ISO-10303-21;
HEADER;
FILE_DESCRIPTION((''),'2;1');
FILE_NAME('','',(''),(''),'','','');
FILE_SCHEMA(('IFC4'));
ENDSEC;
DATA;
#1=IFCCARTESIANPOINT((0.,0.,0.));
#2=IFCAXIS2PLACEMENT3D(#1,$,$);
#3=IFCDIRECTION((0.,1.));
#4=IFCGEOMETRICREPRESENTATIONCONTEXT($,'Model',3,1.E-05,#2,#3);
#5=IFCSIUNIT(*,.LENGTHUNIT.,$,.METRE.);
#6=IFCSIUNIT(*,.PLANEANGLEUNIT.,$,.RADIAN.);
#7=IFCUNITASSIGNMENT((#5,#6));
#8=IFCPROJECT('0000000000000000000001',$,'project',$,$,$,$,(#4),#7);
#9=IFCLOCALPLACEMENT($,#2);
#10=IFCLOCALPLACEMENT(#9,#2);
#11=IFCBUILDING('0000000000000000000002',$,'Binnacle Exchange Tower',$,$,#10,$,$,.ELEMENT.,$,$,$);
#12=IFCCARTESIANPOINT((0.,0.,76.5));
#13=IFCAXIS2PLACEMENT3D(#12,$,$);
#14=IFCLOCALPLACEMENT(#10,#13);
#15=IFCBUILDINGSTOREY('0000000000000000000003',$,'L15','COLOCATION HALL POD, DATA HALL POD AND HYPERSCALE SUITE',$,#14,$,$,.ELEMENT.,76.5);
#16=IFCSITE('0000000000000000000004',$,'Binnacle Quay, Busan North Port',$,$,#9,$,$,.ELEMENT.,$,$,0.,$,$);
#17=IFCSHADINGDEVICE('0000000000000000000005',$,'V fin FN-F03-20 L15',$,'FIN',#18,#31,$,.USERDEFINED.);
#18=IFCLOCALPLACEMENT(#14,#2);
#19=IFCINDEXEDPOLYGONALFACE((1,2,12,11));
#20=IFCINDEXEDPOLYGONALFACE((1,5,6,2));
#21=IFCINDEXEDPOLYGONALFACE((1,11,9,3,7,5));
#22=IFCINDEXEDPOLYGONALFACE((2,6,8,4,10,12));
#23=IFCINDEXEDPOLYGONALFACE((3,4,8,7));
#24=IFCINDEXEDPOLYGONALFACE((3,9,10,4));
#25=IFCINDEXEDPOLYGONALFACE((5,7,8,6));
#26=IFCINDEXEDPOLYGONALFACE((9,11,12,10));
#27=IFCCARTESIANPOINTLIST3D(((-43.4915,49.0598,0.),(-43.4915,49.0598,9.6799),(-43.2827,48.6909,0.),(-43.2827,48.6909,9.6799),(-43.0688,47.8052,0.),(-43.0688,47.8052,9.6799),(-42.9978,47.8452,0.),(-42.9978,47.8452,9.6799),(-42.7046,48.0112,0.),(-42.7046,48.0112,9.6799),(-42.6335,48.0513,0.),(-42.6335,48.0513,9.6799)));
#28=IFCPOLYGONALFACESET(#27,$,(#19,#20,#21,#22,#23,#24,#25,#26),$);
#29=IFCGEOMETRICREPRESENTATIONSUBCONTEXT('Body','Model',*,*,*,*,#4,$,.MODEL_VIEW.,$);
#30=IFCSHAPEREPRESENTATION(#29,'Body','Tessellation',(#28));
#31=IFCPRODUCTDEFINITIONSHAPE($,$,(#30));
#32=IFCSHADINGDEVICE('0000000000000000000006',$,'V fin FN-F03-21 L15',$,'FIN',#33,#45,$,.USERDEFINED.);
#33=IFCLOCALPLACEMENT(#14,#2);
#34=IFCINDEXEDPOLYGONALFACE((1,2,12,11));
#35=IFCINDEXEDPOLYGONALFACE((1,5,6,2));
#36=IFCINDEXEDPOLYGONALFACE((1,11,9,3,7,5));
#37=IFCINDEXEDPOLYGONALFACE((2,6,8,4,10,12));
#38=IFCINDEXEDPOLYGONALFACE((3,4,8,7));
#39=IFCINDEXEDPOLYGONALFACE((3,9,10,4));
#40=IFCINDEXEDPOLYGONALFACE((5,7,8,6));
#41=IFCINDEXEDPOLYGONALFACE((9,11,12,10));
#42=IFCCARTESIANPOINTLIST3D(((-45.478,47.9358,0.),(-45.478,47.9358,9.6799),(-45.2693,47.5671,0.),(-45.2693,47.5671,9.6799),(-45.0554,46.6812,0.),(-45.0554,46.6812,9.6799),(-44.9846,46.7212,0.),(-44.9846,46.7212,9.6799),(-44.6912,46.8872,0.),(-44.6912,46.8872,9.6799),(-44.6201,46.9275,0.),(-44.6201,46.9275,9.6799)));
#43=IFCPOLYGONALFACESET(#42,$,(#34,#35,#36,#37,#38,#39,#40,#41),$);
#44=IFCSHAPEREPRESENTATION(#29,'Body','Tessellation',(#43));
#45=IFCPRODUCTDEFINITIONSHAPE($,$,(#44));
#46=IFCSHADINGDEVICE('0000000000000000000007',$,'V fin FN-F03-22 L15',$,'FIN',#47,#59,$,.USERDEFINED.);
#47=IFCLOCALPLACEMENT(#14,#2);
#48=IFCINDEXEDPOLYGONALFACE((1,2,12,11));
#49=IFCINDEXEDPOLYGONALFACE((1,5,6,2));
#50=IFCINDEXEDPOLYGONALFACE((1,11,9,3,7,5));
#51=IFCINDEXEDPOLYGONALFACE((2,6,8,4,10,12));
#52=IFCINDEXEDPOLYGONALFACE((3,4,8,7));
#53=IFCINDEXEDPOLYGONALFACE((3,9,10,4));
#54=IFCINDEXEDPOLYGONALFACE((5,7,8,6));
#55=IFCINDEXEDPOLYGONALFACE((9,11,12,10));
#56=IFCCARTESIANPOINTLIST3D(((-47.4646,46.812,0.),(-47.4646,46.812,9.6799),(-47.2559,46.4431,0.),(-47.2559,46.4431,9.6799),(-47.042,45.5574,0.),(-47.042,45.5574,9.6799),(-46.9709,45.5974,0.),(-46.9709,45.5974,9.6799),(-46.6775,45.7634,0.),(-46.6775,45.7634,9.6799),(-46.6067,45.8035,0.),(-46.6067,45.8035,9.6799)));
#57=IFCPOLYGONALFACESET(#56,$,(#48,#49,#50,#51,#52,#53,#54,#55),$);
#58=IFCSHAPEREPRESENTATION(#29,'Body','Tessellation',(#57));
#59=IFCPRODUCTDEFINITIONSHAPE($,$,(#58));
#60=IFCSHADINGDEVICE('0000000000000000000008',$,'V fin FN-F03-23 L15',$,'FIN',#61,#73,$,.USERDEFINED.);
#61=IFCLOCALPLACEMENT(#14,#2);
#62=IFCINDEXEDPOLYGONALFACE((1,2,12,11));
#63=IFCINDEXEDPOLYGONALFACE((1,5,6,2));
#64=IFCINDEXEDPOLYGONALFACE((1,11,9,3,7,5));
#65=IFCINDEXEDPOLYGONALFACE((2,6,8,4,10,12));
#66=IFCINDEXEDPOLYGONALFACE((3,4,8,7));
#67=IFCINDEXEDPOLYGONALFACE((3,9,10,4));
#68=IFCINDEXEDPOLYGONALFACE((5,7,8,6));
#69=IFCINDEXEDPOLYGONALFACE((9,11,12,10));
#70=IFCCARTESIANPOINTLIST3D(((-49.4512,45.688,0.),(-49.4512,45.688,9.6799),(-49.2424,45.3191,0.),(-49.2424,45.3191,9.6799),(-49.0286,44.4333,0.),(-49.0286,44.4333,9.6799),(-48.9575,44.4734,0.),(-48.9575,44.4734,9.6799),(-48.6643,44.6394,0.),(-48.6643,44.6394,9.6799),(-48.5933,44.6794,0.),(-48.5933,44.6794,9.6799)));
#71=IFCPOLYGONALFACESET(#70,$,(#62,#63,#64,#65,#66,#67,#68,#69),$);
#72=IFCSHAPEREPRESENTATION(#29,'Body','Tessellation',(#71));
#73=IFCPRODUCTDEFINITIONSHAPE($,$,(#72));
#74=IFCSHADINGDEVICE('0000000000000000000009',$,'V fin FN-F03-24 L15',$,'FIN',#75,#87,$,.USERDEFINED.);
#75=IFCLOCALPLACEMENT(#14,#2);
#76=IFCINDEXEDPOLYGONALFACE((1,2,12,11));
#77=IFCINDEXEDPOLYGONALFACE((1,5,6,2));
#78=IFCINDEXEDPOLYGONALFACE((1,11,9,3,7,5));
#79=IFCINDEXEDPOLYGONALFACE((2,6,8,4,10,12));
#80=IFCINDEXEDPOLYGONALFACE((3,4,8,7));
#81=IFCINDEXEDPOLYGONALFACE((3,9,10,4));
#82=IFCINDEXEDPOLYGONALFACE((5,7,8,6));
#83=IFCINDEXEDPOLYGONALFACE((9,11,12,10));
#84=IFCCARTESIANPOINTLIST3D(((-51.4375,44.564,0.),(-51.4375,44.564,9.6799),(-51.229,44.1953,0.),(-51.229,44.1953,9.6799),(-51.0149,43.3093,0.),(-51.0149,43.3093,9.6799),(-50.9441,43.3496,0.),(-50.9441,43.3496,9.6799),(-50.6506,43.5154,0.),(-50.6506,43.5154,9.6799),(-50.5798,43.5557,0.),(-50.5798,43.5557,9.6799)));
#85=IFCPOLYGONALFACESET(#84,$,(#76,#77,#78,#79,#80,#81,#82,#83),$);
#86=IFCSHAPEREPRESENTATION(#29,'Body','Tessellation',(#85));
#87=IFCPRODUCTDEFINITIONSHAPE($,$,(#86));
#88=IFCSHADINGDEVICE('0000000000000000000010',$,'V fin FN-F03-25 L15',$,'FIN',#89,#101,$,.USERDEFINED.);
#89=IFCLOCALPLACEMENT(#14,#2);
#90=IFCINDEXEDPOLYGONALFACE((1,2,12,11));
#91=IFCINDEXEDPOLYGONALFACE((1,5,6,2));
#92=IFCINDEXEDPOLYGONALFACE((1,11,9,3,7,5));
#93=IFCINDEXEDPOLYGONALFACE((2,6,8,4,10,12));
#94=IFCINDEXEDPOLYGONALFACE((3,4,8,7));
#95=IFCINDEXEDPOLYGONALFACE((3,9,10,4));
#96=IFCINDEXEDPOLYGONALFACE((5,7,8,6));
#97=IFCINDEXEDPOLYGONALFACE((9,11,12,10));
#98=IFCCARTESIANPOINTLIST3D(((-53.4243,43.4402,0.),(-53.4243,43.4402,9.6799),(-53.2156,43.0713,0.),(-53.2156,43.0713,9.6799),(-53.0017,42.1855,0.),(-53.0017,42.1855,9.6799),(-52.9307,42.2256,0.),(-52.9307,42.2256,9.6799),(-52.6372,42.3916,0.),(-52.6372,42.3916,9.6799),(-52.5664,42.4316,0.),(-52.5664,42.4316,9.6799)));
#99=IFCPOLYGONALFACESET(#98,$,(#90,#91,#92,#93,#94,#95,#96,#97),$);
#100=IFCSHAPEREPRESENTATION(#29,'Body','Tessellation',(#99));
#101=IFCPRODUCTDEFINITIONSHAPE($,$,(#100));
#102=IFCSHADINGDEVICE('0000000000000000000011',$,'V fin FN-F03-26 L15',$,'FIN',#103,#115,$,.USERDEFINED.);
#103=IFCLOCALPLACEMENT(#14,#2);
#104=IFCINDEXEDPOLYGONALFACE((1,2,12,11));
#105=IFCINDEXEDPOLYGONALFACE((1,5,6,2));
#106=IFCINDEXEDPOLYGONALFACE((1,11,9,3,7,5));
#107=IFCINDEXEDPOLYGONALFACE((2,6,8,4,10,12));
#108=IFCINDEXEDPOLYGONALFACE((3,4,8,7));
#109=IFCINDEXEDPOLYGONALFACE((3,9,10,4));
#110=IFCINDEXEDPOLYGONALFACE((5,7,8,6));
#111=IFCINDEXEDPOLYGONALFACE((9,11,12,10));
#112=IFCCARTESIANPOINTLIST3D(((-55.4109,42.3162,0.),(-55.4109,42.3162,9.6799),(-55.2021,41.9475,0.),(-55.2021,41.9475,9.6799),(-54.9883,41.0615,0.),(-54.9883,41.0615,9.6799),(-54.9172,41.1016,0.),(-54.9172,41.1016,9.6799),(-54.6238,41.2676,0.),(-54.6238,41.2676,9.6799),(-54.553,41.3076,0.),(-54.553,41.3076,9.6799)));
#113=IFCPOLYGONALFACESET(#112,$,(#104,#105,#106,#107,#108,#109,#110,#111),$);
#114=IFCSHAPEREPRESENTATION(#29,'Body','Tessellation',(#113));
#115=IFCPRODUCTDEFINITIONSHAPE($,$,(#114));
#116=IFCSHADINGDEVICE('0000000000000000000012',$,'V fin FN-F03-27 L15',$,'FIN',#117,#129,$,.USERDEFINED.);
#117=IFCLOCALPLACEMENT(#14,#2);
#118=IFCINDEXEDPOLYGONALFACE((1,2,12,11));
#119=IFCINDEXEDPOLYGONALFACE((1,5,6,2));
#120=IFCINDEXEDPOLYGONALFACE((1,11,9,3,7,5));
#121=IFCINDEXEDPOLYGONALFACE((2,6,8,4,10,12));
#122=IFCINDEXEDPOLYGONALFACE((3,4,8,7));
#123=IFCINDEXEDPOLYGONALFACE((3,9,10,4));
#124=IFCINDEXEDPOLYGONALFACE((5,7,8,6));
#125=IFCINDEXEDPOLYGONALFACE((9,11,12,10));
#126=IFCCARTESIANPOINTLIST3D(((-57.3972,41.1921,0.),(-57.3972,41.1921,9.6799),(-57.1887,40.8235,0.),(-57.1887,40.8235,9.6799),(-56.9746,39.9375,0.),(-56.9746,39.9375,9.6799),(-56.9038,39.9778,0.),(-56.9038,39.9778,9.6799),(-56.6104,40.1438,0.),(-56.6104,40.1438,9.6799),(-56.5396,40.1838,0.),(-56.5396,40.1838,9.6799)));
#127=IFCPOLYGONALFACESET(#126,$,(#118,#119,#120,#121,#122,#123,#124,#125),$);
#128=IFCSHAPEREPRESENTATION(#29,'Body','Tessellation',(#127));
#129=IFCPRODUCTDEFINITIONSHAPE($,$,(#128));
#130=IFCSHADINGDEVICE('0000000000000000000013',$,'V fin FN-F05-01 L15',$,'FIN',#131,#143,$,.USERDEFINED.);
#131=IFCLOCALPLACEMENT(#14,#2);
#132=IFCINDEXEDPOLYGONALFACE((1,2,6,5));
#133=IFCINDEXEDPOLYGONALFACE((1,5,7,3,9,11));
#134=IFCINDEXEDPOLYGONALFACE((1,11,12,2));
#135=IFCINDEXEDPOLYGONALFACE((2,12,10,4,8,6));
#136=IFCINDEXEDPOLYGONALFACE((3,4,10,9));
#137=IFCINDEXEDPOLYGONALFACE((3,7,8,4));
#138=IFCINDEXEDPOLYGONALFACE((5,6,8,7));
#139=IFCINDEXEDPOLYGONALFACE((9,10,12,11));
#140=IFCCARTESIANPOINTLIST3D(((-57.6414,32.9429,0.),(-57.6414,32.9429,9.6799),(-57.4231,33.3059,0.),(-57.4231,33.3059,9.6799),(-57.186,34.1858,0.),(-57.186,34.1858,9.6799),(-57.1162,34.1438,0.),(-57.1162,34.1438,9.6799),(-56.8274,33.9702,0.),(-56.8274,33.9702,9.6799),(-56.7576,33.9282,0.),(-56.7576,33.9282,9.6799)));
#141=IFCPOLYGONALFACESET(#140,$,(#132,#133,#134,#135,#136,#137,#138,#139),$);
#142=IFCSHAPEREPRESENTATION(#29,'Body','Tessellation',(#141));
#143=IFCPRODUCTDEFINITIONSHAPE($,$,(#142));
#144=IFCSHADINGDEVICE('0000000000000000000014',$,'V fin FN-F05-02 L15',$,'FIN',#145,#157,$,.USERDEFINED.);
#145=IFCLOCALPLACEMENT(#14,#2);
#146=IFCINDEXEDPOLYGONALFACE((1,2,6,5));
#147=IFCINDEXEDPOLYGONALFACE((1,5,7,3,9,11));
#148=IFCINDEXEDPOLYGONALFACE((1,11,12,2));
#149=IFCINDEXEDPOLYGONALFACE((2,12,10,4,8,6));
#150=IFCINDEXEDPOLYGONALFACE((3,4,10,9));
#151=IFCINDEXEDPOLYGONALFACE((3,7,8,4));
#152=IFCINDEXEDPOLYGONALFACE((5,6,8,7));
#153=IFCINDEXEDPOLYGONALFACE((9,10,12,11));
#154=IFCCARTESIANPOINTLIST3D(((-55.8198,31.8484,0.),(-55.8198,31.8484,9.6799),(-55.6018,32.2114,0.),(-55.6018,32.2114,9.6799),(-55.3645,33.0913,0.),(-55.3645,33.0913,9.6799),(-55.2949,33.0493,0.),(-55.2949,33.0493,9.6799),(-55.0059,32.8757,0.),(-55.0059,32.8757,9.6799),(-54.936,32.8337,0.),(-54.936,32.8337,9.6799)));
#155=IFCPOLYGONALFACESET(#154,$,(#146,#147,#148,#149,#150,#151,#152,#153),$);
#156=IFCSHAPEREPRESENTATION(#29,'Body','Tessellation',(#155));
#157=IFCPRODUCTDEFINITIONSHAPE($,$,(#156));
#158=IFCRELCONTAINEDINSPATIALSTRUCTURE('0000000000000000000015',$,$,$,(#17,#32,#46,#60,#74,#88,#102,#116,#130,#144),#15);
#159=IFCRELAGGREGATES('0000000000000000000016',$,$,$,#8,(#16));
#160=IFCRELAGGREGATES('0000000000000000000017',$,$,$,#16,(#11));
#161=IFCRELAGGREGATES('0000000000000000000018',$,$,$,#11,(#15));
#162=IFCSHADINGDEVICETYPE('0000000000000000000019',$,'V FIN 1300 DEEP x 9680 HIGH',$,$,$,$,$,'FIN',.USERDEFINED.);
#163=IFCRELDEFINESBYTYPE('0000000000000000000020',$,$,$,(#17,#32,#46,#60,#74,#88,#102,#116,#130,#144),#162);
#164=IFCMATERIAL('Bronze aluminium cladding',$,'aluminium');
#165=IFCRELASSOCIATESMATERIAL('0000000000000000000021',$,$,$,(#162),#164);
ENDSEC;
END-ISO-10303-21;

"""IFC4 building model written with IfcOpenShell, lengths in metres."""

from ifc_helpers import new_model, si_unit, direction, frame, origin, place, context, subcontext, project, spatial, polyline, outline, extrude, material, type_object, element, save


model = new_model("IFC4")

# Units and contexts
model_context = context("Model", 3, precision=1e-05, world=origin(), true_north=direction((0.0, 1.0)))
body_context = subcontext(model_context, "Body", "Model", "MODEL_VIEW")
ifc_project = project(units=[si_unit("LENGTHUNIT", "METRE"), si_unit("PLANEANGLEUNIT", "RADIAN")], contexts=[model_context])

# Site, building, storey
site_placement = place(None, origin())
site = spatial("IfcSite", under=ifc_project, at=site_placement, Name="Binnacle Quay, Busan North Port", CompositionType="ELEMENT", RefElevation=0.0)
building_placement = place(site_placement, origin())
building = spatial("IfcBuilding", under=site, at=building_placement, Name="Binnacle Exchange Tower", CompositionType="ELEMENT")
storey_placement = place(building_placement, frame((0.0, 0.0, 76.5)))
storey = spatial("IfcBuildingStorey", under=building, at=storey_placement, Name="L15", Description="COLOCATION HALL POD, DATA HALL POD AND HYPERSCALE SUITE", CompositionType="ELEMENT", Elevation=76.5)

# Shading devices
ifc_material = material(Name="Bronze aluminium cladding", Category="aluminium")
shading_device_type = type_object("IfcShadingDeviceType", Name="V FIN 1300 DEEP x 9680 HIGH", ElementType="FIN", PredefinedType="USERDEFINED", material=ifc_material)
shading_device_1_placement = place(storey_placement, origin())
element("IfcShadingDevice", 1, at=shading_device_1_placement, inside=storey, type_object=shading_device_type, Name="V fin FN-F03-20 L15", ObjectType="FIN", PredefinedType="USERDEFINED", context=body_context, shape_type="SweptSolid", body=[
    extrude(outline(polyline([(-42.6335, 48.0513), (-43.4915, 49.0598), (-43.0688, 47.8052), (-42.9978, 47.8452), (-43.2827, 48.6909), (-42.7046, 48.0112), (-42.6335, 48.0513)])), origin(), (0.0, 0.0, 1.0), 9.6799),
])
shading_device_2_placement = place(storey_placement, origin())
element("IfcShadingDevice", 2, at=shading_device_2_placement, inside=storey, type_object=shading_device_type, Name="V fin FN-F03-21 L15", ObjectType="FIN", PredefinedType="USERDEFINED", context=body_context, shape_type="SweptSolid", body=[
    extrude(outline(polyline([(-44.6201, 46.9275), (-45.478, 47.9358), (-45.0554, 46.6812), (-44.9846, 46.7212), (-45.2693, 47.5671), (-44.6912, 46.8872), (-44.6201, 46.9275)])), origin(), (0.0, 0.0, 1.0), 9.6799),
])
shading_device_3_placement = place(storey_placement, origin())
element("IfcShadingDevice", 3, at=shading_device_3_placement, inside=storey, type_object=shading_device_type, Name="V fin FN-F03-22 L15", ObjectType="FIN", PredefinedType="USERDEFINED", context=body_context, shape_type="SweptSolid", body=[
    extrude(outline(polyline([(-46.6067, 45.8035), (-47.4646, 46.812), (-47.042, 45.5574), (-46.9709, 45.5974), (-47.2559, 46.4431), (-46.6775, 45.7634), (-46.6067, 45.8035)])), origin(), (0.0, 0.0, 1.0), 9.6799),
])
shading_device_4_placement = place(storey_placement, origin())
element("IfcShadingDevice", 4, at=shading_device_4_placement, inside=storey, type_object=shading_device_type, Name="V fin FN-F03-23 L15", ObjectType="FIN", PredefinedType="USERDEFINED", context=body_context, shape_type="SweptSolid", body=[
    extrude(outline(polyline([(-48.5933, 44.6794), (-49.4512, 45.688), (-49.0286, 44.4333), (-48.9575, 44.4734), (-49.2424, 45.3191), (-48.6643, 44.6394), (-48.5933, 44.6794)])), origin(), (0.0, 0.0, 1.0), 9.6799),
])
shading_device_5_placement = place(storey_placement, origin())
element("IfcShadingDevice", 5, at=shading_device_5_placement, inside=storey, type_object=shading_device_type, Name="V fin FN-F03-24 L15", ObjectType="FIN", PredefinedType="USERDEFINED", context=body_context, shape_type="SweptSolid", body=[
    extrude(outline(polyline([(-50.5798, 43.5557), (-51.4375, 44.564), (-51.0149, 43.3093), (-50.9441, 43.3496), (-51.229, 44.1953), (-50.6506, 43.5154), (-50.5798, 43.5557)])), origin(), (0.0, 0.0, 1.0), 9.6799),
])
shading_device_6_placement = place(storey_placement, origin())
element("IfcShadingDevice", 6, at=shading_device_6_placement, inside=storey, type_object=shading_device_type, Name="V fin FN-F03-25 L15", ObjectType="FIN", PredefinedType="USERDEFINED", context=body_context, shape_type="SweptSolid", body=[
    extrude(outline(polyline([(-52.5664, 42.4316), (-53.4243, 43.4402), (-53.0017, 42.1855), (-52.9307, 42.2256), (-53.2156, 43.0713), (-52.6372, 42.3916), (-52.5664, 42.4316)])), origin(), (0.0, 0.0, 1.0), 9.6799),
])
shading_device_7_placement = place(storey_placement, origin())
element("IfcShadingDevice", 7, at=shading_device_7_placement, inside=storey, type_object=shading_device_type, Name="V fin FN-F03-26 L15", ObjectType="FIN", PredefinedType="USERDEFINED", context=body_context, shape_type="SweptSolid", body=[
    extrude(outline(polyline([(-54.553, 41.3076), (-55.4109, 42.3162), (-54.9883, 41.0615), (-54.9172, 41.1016), (-55.2021, 41.9475), (-54.6238, 41.2676), (-54.553, 41.3076)])), origin(), (0.0, 0.0, 1.0), 9.6799),
])
shading_device_8_placement = place(storey_placement, origin())
element("IfcShadingDevice", 8, at=shading_device_8_placement, inside=storey, type_object=shading_device_type, Name="V fin FN-F03-27 L15", ObjectType="FIN", PredefinedType="USERDEFINED", context=body_context, shape_type="SweptSolid", body=[
    extrude(outline(polyline([(-56.5396, 40.1838), (-57.3972, 41.1921), (-56.9746, 39.9375), (-56.9038, 39.9778), (-57.1887, 40.8235), (-56.6104, 40.1438), (-56.5396, 40.1838)])), origin(), (0.0, 0.0, 1.0), 9.6799),
])
shading_device_9_placement = place(storey_placement, origin())
element("IfcShadingDevice", 9, at=shading_device_9_placement, inside=storey, type_object=shading_device_type, Name="V fin FN-F05-01 L15", ObjectType="FIN", PredefinedType="USERDEFINED", context=body_context, shape_type="SweptSolid", body=[
    extrude(outline(polyline([(-57.186, 34.1858), (-57.6414, 32.9429), (-56.7576, 33.9282), (-56.8274, 33.9702), (-57.4231, 33.3059), (-57.1162, 34.1438), (-57.186, 34.1858)])), origin(), (0.0, 0.0, 1.0), 9.6799),
])
shading_device_10_placement = place(storey_placement, origin())
element("IfcShadingDevice", 10, at=shading_device_10_placement, inside=storey, type_object=shading_device_type, Name="V fin FN-F05-02 L15", ObjectType="FIN", PredefinedType="USERDEFINED", context=body_context, shape_type="SweptSolid", body=[
    extrude(outline(polyline([(-55.3645, 33.0913), (-55.8198, 31.8484), (-54.936, 32.8337), (-55.0059, 32.8757), (-55.6018, 32.2114), (-55.2949, 33.0493), (-55.3645, 33.0913)])), origin(), (0.0, 0.0, 1.0), 9.6799),
])

save(model, "model.ifc")
